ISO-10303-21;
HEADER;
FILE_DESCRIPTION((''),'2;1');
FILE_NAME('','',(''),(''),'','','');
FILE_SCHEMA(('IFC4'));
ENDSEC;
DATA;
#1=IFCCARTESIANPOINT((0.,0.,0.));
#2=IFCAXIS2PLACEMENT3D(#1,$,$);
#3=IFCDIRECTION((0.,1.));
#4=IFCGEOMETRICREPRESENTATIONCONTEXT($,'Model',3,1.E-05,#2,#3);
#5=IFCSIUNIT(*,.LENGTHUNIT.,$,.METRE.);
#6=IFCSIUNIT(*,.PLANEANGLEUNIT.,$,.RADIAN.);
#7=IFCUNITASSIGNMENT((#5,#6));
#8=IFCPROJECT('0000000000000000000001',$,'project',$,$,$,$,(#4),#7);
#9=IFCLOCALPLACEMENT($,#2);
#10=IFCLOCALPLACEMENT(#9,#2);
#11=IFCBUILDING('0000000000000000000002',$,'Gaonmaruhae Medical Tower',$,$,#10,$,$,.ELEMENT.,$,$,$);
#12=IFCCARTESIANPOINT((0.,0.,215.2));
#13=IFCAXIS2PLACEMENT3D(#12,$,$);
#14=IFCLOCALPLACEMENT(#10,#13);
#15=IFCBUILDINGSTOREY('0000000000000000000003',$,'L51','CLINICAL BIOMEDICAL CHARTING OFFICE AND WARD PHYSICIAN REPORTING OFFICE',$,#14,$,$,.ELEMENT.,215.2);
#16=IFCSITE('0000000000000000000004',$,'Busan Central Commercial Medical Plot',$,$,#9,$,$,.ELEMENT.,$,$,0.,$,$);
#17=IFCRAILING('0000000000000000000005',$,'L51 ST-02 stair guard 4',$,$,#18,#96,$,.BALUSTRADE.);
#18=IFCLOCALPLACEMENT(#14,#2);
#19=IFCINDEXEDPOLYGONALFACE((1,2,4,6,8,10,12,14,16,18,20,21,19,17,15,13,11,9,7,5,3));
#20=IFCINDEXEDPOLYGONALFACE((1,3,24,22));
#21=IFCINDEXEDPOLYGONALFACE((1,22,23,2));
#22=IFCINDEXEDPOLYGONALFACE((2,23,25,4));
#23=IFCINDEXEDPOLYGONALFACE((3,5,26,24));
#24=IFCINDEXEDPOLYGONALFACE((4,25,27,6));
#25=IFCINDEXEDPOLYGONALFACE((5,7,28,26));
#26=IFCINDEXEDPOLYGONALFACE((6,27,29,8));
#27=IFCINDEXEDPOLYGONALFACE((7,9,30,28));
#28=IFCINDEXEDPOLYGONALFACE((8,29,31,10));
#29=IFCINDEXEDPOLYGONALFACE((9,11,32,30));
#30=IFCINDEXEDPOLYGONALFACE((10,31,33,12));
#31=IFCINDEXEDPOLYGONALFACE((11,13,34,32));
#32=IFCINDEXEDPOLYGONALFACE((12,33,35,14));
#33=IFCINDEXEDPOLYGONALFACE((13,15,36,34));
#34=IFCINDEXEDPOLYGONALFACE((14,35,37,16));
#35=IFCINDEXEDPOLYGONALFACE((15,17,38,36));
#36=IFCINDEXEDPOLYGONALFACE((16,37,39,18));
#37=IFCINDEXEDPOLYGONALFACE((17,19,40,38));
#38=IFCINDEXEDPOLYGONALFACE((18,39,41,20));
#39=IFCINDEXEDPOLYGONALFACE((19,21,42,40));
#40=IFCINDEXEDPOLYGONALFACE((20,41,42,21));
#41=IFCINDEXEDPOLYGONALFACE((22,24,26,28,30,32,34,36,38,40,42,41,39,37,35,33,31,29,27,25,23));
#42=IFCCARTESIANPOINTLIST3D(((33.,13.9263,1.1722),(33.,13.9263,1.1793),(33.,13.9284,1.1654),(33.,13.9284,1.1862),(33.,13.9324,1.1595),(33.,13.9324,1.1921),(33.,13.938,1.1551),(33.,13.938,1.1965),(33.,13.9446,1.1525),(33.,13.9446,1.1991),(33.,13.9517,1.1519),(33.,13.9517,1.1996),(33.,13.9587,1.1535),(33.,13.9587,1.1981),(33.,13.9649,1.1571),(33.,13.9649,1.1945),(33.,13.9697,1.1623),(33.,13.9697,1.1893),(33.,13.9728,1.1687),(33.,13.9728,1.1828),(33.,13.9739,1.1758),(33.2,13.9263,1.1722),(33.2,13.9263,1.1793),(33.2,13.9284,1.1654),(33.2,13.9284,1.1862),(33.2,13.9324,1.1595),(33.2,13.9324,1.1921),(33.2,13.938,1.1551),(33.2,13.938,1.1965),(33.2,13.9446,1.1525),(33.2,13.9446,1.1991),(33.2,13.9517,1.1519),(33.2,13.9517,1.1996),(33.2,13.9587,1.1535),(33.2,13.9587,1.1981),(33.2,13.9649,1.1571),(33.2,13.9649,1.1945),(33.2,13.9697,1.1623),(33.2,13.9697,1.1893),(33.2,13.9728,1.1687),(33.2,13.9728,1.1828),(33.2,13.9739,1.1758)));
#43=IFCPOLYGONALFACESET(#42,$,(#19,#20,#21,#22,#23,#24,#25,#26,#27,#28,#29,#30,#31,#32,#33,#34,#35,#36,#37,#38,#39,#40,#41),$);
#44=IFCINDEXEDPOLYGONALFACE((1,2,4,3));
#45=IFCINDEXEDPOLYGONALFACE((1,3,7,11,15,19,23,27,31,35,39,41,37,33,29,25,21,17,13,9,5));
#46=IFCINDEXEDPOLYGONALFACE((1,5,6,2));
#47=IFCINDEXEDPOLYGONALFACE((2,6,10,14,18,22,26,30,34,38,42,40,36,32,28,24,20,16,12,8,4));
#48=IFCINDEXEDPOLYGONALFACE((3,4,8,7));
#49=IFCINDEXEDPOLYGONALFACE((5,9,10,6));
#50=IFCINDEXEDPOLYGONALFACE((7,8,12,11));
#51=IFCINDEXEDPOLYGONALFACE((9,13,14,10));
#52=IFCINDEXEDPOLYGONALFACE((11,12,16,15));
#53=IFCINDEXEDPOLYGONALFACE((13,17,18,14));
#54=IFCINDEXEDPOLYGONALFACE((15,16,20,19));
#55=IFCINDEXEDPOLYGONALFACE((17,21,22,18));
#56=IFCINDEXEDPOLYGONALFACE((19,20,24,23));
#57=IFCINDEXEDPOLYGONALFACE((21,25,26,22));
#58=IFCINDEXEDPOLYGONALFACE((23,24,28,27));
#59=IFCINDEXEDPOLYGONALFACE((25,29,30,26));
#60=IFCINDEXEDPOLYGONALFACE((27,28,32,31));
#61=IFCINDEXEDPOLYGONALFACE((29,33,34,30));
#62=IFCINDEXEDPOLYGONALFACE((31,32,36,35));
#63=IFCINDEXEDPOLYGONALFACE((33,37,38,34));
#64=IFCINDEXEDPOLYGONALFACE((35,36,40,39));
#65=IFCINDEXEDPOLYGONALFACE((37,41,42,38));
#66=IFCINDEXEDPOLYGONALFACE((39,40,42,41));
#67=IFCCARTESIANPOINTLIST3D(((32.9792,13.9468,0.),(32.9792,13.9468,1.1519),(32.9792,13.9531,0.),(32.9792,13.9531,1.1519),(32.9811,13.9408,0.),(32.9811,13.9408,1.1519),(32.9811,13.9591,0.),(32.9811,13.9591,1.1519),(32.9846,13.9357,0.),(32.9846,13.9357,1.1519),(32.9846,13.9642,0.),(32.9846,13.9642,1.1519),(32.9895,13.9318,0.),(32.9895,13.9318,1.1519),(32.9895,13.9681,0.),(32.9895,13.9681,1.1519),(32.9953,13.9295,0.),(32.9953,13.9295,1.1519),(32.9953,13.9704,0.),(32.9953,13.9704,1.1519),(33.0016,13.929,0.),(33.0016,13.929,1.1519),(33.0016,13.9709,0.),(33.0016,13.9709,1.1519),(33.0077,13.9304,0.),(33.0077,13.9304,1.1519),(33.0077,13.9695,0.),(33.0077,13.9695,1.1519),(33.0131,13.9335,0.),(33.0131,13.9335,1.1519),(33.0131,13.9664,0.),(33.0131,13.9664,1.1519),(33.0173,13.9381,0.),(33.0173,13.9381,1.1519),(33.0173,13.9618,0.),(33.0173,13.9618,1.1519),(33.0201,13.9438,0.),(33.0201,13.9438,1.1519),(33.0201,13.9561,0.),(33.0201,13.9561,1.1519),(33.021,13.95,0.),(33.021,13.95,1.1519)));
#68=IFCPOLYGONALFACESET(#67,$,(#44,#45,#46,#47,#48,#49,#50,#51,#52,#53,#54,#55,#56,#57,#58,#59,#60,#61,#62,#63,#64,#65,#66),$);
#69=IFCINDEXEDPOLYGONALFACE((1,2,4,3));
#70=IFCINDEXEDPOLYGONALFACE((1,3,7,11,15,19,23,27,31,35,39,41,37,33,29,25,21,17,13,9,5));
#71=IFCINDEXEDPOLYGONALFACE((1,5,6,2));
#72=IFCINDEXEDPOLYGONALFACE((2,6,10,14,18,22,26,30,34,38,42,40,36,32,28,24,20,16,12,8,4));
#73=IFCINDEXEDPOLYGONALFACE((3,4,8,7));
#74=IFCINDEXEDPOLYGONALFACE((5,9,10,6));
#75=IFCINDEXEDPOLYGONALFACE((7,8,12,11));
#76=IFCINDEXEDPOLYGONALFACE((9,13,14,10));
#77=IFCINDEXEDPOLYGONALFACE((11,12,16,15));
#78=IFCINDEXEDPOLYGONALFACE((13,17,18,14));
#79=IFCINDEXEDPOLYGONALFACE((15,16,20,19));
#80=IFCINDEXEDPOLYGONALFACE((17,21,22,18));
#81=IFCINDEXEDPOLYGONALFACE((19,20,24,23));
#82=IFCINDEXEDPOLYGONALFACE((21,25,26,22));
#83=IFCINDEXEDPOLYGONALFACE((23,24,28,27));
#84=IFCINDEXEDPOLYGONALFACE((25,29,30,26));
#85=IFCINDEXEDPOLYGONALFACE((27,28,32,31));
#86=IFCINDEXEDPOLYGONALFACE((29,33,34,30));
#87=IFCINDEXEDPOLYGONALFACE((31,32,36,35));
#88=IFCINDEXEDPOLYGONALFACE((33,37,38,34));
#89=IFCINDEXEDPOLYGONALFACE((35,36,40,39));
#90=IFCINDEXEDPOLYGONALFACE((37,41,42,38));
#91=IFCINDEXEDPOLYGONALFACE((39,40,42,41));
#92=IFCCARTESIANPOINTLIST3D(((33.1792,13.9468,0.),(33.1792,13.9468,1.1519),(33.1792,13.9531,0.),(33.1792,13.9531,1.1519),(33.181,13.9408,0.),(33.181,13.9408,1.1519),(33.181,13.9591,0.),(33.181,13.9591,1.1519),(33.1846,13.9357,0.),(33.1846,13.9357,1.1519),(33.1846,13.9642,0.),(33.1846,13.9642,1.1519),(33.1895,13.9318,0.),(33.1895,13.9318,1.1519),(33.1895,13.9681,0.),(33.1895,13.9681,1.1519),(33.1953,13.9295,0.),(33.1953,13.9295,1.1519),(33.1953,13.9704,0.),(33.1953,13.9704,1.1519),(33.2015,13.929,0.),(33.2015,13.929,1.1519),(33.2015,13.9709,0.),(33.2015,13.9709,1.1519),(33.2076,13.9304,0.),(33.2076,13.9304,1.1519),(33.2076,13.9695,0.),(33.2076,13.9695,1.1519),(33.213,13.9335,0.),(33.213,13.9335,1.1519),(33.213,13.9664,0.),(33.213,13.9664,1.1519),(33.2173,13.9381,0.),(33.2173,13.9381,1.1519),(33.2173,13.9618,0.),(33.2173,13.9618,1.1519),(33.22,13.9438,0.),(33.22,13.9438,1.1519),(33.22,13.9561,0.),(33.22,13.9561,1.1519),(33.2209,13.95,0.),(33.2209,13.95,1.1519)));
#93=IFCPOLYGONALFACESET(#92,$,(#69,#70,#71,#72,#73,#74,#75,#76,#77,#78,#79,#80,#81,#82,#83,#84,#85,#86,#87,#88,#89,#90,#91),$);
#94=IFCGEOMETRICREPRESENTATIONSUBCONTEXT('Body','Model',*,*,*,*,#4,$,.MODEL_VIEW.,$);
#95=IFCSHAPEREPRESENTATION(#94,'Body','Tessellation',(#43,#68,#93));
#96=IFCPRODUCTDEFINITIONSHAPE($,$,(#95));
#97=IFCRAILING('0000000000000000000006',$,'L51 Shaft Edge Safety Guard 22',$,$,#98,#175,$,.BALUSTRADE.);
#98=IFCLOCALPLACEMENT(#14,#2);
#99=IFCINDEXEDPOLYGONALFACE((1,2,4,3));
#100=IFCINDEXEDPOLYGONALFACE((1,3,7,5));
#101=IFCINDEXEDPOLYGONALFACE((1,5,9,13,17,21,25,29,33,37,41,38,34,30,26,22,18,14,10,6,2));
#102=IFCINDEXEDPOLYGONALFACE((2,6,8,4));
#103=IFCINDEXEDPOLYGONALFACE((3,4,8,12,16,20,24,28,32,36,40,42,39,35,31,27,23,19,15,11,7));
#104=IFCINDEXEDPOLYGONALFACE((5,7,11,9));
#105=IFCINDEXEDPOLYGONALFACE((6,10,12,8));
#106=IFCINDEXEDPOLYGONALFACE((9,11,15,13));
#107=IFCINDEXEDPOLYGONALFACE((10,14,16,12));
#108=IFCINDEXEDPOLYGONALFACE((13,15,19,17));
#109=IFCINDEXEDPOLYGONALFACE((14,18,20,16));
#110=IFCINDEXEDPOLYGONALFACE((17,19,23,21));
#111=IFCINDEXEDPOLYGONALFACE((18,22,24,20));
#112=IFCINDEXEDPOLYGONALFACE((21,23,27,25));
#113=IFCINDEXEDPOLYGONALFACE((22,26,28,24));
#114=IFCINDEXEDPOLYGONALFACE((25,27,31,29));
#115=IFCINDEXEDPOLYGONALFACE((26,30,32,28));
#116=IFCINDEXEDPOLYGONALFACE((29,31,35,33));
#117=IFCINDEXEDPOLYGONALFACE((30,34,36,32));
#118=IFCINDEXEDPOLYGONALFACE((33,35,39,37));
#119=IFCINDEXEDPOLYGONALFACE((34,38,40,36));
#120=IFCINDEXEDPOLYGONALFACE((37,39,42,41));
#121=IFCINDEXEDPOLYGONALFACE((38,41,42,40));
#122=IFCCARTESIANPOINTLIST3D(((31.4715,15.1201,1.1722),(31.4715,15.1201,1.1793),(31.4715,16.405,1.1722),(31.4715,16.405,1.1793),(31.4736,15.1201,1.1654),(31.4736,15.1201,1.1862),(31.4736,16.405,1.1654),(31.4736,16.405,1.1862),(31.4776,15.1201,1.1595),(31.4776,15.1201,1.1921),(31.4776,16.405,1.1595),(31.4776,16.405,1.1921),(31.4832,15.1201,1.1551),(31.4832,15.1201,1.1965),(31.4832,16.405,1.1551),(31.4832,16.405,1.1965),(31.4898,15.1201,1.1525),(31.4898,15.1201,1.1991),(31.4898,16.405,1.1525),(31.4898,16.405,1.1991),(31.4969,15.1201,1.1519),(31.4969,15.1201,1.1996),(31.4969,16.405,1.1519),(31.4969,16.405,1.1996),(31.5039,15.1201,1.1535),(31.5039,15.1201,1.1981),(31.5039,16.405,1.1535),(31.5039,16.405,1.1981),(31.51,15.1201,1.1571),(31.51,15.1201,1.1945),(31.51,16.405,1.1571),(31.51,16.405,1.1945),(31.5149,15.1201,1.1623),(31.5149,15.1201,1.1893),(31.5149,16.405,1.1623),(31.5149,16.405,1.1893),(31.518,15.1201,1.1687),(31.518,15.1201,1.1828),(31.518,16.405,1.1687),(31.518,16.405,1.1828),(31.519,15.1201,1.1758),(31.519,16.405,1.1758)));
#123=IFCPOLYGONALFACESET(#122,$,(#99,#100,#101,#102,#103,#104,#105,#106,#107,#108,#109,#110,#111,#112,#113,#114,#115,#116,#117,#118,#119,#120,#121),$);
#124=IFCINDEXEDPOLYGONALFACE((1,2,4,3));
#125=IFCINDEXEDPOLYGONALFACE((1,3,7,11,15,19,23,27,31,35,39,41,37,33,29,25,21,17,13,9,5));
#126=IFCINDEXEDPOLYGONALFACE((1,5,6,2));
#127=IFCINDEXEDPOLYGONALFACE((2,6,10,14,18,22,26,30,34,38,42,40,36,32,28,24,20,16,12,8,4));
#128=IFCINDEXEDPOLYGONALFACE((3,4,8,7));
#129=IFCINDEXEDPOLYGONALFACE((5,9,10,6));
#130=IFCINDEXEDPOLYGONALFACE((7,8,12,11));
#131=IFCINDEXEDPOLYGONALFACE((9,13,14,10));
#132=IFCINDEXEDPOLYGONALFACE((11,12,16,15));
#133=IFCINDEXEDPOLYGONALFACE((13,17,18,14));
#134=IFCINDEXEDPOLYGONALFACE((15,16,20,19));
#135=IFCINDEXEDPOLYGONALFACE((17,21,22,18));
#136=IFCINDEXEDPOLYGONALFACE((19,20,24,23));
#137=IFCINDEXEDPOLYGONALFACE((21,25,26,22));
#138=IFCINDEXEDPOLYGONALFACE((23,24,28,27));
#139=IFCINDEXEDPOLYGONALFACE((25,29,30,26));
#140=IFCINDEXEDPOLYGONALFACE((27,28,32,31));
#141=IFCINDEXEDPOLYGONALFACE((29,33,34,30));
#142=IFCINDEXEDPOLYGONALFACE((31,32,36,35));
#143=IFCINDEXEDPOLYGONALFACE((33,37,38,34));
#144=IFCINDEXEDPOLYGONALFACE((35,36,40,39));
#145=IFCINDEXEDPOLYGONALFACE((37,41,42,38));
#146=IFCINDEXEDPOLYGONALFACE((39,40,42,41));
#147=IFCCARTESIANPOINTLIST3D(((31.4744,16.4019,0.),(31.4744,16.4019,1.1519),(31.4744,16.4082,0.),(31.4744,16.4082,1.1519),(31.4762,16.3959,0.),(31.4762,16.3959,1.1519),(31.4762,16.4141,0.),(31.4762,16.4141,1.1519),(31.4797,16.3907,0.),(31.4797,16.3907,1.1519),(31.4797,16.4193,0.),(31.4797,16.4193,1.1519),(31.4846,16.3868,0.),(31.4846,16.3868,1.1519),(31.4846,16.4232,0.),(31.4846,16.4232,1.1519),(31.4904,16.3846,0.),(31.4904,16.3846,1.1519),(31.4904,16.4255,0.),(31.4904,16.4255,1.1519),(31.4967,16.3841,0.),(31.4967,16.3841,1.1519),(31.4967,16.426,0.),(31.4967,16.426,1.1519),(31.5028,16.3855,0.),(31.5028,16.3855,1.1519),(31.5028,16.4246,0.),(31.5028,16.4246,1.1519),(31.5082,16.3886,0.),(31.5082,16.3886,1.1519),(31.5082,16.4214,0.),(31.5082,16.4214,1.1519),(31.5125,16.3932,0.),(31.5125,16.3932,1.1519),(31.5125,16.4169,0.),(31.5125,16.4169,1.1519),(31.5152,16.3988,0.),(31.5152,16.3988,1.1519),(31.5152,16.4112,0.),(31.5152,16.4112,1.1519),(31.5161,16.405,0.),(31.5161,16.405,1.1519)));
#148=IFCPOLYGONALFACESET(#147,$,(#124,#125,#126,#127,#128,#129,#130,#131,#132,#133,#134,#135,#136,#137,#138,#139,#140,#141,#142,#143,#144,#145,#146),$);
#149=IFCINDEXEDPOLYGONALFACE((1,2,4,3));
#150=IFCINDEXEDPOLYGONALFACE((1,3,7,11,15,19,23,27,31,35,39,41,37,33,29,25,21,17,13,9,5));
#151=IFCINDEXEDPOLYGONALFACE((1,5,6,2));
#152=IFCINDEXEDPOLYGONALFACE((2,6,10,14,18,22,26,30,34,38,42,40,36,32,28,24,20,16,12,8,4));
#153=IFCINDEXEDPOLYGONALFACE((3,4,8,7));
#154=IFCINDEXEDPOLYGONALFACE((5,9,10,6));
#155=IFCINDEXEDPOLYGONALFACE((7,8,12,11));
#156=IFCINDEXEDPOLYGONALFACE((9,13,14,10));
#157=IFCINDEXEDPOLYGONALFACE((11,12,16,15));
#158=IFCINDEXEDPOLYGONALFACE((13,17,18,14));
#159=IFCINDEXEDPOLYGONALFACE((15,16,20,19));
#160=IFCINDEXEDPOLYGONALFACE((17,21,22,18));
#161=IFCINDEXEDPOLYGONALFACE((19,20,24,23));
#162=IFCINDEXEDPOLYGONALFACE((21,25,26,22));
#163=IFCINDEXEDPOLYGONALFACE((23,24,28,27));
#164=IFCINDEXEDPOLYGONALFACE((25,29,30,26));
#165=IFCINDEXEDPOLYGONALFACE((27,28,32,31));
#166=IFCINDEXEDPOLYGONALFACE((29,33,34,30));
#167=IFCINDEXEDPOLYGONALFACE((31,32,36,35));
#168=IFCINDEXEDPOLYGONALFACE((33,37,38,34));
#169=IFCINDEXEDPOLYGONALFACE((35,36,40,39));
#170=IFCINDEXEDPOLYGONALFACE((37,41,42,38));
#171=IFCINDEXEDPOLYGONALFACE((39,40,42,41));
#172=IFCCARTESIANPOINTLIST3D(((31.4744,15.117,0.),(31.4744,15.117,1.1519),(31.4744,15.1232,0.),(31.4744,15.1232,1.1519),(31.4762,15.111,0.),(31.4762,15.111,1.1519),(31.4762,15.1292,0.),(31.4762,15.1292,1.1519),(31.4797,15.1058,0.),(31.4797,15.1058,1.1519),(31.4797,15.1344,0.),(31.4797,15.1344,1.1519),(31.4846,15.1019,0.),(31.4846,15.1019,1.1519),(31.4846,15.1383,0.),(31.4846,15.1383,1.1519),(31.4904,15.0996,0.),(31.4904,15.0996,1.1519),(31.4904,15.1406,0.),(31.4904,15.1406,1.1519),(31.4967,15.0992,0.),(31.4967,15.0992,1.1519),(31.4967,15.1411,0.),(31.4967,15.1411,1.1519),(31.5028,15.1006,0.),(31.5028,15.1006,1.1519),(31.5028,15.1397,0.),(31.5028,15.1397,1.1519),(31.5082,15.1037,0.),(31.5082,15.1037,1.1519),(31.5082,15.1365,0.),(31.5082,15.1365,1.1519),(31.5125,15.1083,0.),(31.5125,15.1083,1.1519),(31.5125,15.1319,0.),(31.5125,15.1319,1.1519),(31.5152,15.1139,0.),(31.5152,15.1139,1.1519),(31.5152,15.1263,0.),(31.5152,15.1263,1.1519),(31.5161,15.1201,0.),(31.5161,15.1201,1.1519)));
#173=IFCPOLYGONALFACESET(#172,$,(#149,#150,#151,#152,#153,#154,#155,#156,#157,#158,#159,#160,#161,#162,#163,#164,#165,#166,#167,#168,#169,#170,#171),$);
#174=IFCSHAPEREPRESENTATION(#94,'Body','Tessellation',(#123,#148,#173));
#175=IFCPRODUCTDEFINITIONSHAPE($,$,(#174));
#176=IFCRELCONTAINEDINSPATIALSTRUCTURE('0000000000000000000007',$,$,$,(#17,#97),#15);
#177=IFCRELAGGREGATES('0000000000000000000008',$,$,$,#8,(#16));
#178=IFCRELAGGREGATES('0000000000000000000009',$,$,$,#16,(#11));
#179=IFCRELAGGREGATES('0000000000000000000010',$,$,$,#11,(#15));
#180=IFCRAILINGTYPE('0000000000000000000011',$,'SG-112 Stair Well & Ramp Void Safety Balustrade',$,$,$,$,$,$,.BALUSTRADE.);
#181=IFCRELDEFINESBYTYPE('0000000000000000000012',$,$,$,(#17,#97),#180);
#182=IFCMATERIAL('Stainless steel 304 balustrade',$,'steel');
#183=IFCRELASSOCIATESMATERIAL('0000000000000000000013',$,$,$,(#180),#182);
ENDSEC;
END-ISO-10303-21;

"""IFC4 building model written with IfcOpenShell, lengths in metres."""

from ifc_helpers import new_model, si_unit, direction, frame, origin, origin_2d, place, context, subcontext, project, spatial, circle, extrude, material, type_object, element, save


model = new_model("IFC4")

# Units and contexts
model_context = context("Model", 3, precision=1e-05, world=origin(), true_north=direction((0.0, 1.0)))
body_context = subcontext(model_context, "Body", "Model", "MODEL_VIEW")
ifc_project = project(units=[si_unit("LENGTHUNIT", "METRE"), si_unit("PLANEANGLEUNIT", "RADIAN")], contexts=[model_context])

# Site, building, storey
site_placement = place(None, origin())
site = spatial("IfcSite", under=ifc_project, at=site_placement, Name="Busan Central Commercial Medical Plot", CompositionType="ELEMENT", RefElevation=0.0)
building_placement = place(site_placement, origin())
building = spatial("IfcBuilding", under=site, at=building_placement, Name="Gaonmaruhae Medical Tower", CompositionType="ELEMENT")
storey_placement = place(building_placement, frame((0.0, 0.0, 215.2)))
storey = spatial("IfcBuildingStorey", under=building, at=storey_placement, Name="L51", Description="CLINICAL BIOMEDICAL CHARTING OFFICE AND WARD PHYSICIAN REPORTING OFFICE", CompositionType="ELEMENT", Elevation=215.2)

# Railings
ifc_material_1 = material(Name="Stainless steel 304 balustrade", Category="steel")
railing_type_1 = type_object("IfcRailingType", Name="SG-112 Stair Well & Ramp Void Safety Balustrade", PredefinedType="BALUSTRADE", material=ifc_material_1)
railing_1_placement = place(storey_placement, frame((33.0, 13.95, 0.0)))
element("IfcRailing", 1, at=railing_1_placement, inside=storey, type_object=railing_type_1, Name="L51 ST-02 stair guard 4", PredefinedType="BALUSTRADE", context=body_context, shape_type="SweptSolid", body=[
    extrude(circle(Radius=0.0239, at=origin_2d()), frame((0.0, 0.0, 1.1758), z_axis=(1.0, 0.0, 0.0), x_axis=(0.0, 1.0, 0.0)), (0.0, 0.0, 1.0), 0.2),
    extrude(circle(Radius=0.021, at=origin_2d()), origin(), (0.0, 0.0, 1.0), 1.1519),
    extrude(circle(Radius=0.021, at=origin_2d()), frame((0.2, 0.0, 0.0)), (0.0, 0.0, 1.0), 1.1519),
])
railing_2_placement = place(storey_placement, frame((31.4951, 16.405, 0.0)))
element("IfcRailing", 2, at=railing_2_placement, inside=storey, type_object=railing_type_1, Name="L51 Shaft Edge Safety Guard 22", PredefinedType="BALUSTRADE", context=body_context, shape_type="SweptSolid", body=[
    extrude(circle(Radius=0.0239, at=origin_2d()), frame((0.0, 0.0, 1.1758), z_axis=(0.0, -1.0, 0.0), x_axis=(1.0, 0.0, 0.0)), (0.0, 0.0, 1.0), 1.2849),
    extrude(circle(Radius=0.021, at=origin_2d()), origin(), (0.0, 0.0, 1.0), 1.1519),
    extrude(circle(Radius=0.021, at=origin_2d()), frame((0.0, -1.2849, 0.0)), (0.0, 0.0, 1.0), 1.1519),
])

save(model, "model.ifc")
